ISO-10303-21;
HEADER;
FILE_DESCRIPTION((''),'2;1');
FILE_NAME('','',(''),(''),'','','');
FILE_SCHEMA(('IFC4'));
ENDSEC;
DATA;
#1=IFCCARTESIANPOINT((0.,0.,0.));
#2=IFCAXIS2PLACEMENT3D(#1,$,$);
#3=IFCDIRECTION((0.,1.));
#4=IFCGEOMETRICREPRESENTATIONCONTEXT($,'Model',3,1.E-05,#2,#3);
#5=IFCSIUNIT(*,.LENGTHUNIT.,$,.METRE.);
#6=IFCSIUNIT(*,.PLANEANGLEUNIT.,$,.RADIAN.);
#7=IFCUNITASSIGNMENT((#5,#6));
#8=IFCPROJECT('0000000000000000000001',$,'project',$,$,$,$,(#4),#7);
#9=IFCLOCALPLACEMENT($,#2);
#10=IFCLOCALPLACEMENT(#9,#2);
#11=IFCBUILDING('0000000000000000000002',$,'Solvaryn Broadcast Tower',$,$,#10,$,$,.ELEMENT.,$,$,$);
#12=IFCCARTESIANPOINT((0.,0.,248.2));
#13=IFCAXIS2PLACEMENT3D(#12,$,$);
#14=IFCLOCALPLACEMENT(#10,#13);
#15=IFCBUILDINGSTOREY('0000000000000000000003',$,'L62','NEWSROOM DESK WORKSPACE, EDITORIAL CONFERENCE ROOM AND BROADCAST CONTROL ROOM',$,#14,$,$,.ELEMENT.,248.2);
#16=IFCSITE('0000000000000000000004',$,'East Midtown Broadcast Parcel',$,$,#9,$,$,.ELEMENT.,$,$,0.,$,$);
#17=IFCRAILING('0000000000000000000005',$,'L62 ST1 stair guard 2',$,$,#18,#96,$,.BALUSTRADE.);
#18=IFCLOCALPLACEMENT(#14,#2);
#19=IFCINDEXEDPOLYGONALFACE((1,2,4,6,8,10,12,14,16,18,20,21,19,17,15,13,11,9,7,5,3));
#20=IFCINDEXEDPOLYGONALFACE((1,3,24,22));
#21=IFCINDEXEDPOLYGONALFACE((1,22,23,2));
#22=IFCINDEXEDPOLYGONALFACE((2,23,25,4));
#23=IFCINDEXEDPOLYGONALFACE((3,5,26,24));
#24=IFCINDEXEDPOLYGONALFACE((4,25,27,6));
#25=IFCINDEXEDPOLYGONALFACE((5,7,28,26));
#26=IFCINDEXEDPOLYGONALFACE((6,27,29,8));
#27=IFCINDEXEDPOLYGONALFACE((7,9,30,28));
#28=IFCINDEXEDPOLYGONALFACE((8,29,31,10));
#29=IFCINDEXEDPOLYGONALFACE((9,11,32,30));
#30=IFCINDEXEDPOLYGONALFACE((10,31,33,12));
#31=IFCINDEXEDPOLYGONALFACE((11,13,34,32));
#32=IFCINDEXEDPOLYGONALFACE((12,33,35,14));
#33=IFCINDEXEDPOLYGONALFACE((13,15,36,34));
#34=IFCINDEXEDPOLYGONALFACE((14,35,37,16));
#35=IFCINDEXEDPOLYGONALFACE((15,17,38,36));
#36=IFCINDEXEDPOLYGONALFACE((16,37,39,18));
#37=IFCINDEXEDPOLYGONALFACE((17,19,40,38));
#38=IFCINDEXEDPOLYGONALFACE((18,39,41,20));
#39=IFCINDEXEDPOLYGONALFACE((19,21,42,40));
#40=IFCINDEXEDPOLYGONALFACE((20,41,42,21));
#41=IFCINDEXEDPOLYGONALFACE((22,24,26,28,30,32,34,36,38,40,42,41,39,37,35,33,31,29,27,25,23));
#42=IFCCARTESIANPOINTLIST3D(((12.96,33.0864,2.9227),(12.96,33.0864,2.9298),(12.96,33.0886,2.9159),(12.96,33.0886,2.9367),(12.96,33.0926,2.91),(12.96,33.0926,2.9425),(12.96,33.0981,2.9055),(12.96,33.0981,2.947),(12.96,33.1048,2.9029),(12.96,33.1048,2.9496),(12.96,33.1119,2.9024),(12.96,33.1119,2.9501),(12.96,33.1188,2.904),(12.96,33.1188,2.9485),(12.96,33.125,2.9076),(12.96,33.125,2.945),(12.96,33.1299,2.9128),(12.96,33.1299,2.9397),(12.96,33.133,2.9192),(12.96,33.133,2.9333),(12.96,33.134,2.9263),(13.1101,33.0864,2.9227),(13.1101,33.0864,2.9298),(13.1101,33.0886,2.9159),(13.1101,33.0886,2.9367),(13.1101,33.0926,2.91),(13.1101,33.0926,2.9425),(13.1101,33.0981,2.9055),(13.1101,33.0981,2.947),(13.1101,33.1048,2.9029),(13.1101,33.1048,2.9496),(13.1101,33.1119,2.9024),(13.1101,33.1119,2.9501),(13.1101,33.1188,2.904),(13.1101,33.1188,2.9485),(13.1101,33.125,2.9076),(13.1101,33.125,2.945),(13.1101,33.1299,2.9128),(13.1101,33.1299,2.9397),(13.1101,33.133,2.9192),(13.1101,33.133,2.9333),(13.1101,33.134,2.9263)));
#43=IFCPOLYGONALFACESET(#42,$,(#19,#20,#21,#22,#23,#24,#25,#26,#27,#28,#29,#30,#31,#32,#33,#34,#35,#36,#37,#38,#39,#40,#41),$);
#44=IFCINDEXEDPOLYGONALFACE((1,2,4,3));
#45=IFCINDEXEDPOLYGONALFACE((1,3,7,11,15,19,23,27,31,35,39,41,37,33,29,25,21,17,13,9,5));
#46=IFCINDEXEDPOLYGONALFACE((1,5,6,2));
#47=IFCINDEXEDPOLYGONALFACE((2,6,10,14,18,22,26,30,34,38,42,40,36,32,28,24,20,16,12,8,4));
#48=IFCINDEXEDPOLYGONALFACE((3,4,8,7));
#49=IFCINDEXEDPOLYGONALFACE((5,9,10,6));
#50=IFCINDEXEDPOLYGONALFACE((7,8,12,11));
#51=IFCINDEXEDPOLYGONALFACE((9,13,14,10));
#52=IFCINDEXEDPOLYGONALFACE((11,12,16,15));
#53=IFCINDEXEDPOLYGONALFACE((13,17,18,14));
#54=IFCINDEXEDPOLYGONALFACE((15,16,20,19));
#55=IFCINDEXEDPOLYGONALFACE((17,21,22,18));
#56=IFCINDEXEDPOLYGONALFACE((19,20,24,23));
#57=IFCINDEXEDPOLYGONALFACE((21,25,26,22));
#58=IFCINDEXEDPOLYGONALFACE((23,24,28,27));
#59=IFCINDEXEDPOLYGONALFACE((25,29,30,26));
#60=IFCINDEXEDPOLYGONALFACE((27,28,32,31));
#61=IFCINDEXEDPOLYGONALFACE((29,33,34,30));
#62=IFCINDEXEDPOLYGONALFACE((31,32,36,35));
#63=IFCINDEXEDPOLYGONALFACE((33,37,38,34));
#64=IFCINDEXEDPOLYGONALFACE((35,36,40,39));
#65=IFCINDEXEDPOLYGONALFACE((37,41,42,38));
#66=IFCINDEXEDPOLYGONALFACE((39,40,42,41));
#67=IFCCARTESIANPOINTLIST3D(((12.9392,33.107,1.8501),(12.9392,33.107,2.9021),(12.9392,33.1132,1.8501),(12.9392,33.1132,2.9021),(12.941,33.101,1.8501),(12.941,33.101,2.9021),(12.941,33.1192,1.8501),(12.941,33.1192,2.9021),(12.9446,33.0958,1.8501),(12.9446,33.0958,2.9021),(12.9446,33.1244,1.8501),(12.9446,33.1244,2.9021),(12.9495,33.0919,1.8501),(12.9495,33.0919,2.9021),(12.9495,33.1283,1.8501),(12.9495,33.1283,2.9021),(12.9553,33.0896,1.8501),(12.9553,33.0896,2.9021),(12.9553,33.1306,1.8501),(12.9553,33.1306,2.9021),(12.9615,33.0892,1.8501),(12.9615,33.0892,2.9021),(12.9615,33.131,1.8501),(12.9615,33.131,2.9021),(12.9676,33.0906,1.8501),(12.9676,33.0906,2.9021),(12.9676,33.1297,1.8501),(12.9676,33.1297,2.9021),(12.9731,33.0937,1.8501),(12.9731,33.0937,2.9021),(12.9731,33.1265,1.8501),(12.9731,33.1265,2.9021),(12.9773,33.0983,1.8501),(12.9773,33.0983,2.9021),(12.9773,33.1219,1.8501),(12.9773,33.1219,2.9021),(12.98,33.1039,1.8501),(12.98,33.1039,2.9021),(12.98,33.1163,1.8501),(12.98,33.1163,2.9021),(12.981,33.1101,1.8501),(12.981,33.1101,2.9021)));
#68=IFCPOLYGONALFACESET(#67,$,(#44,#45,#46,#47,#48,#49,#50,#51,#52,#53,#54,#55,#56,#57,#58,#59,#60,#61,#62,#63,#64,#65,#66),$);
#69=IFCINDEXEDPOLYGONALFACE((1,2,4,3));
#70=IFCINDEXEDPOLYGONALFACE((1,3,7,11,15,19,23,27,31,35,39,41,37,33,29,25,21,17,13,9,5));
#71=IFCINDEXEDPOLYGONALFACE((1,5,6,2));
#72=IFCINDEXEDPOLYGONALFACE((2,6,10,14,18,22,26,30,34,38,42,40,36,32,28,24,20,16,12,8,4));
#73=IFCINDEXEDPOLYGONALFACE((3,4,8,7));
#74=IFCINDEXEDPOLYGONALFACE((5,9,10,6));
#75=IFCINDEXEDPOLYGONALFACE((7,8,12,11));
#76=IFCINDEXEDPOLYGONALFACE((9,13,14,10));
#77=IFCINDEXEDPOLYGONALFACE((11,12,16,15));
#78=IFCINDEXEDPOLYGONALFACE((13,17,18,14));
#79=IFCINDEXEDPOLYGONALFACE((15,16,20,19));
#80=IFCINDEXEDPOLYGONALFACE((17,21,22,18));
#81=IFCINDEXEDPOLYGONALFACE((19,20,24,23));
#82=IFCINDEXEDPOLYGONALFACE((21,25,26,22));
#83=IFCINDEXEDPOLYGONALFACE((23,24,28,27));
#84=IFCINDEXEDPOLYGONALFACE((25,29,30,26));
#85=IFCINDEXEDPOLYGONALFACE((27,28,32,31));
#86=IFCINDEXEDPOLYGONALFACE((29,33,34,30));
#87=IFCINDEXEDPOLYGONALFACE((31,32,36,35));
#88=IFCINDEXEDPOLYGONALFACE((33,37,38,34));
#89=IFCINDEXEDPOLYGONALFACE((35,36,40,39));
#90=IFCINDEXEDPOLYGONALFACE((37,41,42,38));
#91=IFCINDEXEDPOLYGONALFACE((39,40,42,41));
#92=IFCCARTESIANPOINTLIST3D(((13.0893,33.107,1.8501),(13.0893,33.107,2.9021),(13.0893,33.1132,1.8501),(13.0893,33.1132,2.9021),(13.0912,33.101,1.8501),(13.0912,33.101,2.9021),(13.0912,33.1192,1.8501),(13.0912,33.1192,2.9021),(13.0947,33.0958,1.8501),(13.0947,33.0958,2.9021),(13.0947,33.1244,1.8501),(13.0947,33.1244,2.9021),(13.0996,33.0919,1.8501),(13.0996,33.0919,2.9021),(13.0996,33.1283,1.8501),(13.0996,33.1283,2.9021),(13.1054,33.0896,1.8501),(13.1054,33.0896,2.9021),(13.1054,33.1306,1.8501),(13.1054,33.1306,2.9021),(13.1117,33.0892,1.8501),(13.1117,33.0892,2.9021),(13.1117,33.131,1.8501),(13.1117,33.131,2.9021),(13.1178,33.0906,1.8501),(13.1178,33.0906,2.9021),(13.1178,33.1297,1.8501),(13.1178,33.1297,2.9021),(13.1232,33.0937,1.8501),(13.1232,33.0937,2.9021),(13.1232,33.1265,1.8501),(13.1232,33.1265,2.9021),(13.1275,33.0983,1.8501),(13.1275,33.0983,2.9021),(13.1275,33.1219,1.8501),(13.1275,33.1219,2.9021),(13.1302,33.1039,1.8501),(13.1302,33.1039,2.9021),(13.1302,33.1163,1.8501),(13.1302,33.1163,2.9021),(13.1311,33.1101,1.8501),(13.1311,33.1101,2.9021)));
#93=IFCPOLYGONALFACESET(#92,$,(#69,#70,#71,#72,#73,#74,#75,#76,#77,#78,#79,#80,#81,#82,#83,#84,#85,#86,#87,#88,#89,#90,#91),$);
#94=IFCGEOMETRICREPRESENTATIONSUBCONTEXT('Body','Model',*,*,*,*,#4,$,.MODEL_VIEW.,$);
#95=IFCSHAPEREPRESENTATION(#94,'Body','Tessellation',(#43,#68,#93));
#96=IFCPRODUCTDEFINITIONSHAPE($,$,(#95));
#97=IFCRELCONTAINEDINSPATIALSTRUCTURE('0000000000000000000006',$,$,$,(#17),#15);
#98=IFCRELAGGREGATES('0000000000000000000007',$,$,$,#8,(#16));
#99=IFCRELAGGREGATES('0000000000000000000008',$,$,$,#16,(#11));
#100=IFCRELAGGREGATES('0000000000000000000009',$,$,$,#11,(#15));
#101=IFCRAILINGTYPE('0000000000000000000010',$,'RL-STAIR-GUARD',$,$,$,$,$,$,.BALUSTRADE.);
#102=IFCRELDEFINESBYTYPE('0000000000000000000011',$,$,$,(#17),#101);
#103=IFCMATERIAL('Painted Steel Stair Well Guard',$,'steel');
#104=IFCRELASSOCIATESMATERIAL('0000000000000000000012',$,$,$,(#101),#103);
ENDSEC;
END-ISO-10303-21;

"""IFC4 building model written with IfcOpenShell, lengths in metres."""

from ifc_helpers import new_model, si_unit, direction, frame, origin, origin_2d, place, context, subcontext, project, spatial, circle, extrude, material, type_object, element, save


model = new_model("IFC4")

# Units and contexts
model_context = context("Model", 3, precision=1e-05, world=origin(), true_north=direction((0.0, 1.0)))
body_context = subcontext(model_context, "Body", "Model", "MODEL_VIEW")
ifc_project = project(units=[si_unit("LENGTHUNIT", "METRE"), si_unit("PLANEANGLEUNIT", "RADIAN")], contexts=[model_context])

# Site, building, storey
site_placement = place(None, origin())
site = spatial("IfcSite", under=ifc_project, at=site_placement, Name="East Midtown Broadcast Parcel", CompositionType="ELEMENT", RefElevation=0.0)
building_placement = place(site_placement, origin())
building = spatial("IfcBuilding", under=site, at=building_placement, Name="Solvaryn Broadcast Tower", CompositionType="ELEMENT")
storey_placement = place(building_placement, frame((0.0, 0.0, 248.2)))
storey = spatial("IfcBuildingStorey", under=building, at=storey_placement, Name="L62", Description="NEWSROOM DESK WORKSPACE, EDITORIAL CONFERENCE ROOM AND BROADCAST CONTROL ROOM", CompositionType="ELEMENT", Elevation=248.2)

# Railing
ifc_material_1 = material(Name="Painted Steel Stair Well Guard", Category="steel")
railing_type_1 = type_object("IfcRailingType", Name="RL-STAIR-GUARD", PredefinedType="BALUSTRADE", material=ifc_material_1)
railing_1_placement = place(storey_placement, frame((12.96, 33.1101, 1.8501)))
element("IfcRailing", 1, at=railing_1_placement, inside=storey, type_object=railing_type_1, Name="L62 ST1 stair guard 2", PredefinedType="BALUSTRADE", context=body_context, shape_type="SweptSolid", body=[
    extrude(circle(Radius=0.0239, at=origin_2d()), frame((0.0, 0.0, 1.0762), z_axis=(1.0, 0.0, 0.0), x_axis=(0.0, 1.0, 0.0)), (0.0, 0.0, 1.0), 0.1501),
    extrude(circle(Radius=0.021, at=origin_2d()), origin(), (0.0, 0.0, 1.0), 1.052),
    extrude(circle(Radius=0.021, at=origin_2d()), frame((0.1501, 0.0, 0.0)), (0.0, 0.0, 1.0), 1.052),
])

save(model, "model.ifc")
